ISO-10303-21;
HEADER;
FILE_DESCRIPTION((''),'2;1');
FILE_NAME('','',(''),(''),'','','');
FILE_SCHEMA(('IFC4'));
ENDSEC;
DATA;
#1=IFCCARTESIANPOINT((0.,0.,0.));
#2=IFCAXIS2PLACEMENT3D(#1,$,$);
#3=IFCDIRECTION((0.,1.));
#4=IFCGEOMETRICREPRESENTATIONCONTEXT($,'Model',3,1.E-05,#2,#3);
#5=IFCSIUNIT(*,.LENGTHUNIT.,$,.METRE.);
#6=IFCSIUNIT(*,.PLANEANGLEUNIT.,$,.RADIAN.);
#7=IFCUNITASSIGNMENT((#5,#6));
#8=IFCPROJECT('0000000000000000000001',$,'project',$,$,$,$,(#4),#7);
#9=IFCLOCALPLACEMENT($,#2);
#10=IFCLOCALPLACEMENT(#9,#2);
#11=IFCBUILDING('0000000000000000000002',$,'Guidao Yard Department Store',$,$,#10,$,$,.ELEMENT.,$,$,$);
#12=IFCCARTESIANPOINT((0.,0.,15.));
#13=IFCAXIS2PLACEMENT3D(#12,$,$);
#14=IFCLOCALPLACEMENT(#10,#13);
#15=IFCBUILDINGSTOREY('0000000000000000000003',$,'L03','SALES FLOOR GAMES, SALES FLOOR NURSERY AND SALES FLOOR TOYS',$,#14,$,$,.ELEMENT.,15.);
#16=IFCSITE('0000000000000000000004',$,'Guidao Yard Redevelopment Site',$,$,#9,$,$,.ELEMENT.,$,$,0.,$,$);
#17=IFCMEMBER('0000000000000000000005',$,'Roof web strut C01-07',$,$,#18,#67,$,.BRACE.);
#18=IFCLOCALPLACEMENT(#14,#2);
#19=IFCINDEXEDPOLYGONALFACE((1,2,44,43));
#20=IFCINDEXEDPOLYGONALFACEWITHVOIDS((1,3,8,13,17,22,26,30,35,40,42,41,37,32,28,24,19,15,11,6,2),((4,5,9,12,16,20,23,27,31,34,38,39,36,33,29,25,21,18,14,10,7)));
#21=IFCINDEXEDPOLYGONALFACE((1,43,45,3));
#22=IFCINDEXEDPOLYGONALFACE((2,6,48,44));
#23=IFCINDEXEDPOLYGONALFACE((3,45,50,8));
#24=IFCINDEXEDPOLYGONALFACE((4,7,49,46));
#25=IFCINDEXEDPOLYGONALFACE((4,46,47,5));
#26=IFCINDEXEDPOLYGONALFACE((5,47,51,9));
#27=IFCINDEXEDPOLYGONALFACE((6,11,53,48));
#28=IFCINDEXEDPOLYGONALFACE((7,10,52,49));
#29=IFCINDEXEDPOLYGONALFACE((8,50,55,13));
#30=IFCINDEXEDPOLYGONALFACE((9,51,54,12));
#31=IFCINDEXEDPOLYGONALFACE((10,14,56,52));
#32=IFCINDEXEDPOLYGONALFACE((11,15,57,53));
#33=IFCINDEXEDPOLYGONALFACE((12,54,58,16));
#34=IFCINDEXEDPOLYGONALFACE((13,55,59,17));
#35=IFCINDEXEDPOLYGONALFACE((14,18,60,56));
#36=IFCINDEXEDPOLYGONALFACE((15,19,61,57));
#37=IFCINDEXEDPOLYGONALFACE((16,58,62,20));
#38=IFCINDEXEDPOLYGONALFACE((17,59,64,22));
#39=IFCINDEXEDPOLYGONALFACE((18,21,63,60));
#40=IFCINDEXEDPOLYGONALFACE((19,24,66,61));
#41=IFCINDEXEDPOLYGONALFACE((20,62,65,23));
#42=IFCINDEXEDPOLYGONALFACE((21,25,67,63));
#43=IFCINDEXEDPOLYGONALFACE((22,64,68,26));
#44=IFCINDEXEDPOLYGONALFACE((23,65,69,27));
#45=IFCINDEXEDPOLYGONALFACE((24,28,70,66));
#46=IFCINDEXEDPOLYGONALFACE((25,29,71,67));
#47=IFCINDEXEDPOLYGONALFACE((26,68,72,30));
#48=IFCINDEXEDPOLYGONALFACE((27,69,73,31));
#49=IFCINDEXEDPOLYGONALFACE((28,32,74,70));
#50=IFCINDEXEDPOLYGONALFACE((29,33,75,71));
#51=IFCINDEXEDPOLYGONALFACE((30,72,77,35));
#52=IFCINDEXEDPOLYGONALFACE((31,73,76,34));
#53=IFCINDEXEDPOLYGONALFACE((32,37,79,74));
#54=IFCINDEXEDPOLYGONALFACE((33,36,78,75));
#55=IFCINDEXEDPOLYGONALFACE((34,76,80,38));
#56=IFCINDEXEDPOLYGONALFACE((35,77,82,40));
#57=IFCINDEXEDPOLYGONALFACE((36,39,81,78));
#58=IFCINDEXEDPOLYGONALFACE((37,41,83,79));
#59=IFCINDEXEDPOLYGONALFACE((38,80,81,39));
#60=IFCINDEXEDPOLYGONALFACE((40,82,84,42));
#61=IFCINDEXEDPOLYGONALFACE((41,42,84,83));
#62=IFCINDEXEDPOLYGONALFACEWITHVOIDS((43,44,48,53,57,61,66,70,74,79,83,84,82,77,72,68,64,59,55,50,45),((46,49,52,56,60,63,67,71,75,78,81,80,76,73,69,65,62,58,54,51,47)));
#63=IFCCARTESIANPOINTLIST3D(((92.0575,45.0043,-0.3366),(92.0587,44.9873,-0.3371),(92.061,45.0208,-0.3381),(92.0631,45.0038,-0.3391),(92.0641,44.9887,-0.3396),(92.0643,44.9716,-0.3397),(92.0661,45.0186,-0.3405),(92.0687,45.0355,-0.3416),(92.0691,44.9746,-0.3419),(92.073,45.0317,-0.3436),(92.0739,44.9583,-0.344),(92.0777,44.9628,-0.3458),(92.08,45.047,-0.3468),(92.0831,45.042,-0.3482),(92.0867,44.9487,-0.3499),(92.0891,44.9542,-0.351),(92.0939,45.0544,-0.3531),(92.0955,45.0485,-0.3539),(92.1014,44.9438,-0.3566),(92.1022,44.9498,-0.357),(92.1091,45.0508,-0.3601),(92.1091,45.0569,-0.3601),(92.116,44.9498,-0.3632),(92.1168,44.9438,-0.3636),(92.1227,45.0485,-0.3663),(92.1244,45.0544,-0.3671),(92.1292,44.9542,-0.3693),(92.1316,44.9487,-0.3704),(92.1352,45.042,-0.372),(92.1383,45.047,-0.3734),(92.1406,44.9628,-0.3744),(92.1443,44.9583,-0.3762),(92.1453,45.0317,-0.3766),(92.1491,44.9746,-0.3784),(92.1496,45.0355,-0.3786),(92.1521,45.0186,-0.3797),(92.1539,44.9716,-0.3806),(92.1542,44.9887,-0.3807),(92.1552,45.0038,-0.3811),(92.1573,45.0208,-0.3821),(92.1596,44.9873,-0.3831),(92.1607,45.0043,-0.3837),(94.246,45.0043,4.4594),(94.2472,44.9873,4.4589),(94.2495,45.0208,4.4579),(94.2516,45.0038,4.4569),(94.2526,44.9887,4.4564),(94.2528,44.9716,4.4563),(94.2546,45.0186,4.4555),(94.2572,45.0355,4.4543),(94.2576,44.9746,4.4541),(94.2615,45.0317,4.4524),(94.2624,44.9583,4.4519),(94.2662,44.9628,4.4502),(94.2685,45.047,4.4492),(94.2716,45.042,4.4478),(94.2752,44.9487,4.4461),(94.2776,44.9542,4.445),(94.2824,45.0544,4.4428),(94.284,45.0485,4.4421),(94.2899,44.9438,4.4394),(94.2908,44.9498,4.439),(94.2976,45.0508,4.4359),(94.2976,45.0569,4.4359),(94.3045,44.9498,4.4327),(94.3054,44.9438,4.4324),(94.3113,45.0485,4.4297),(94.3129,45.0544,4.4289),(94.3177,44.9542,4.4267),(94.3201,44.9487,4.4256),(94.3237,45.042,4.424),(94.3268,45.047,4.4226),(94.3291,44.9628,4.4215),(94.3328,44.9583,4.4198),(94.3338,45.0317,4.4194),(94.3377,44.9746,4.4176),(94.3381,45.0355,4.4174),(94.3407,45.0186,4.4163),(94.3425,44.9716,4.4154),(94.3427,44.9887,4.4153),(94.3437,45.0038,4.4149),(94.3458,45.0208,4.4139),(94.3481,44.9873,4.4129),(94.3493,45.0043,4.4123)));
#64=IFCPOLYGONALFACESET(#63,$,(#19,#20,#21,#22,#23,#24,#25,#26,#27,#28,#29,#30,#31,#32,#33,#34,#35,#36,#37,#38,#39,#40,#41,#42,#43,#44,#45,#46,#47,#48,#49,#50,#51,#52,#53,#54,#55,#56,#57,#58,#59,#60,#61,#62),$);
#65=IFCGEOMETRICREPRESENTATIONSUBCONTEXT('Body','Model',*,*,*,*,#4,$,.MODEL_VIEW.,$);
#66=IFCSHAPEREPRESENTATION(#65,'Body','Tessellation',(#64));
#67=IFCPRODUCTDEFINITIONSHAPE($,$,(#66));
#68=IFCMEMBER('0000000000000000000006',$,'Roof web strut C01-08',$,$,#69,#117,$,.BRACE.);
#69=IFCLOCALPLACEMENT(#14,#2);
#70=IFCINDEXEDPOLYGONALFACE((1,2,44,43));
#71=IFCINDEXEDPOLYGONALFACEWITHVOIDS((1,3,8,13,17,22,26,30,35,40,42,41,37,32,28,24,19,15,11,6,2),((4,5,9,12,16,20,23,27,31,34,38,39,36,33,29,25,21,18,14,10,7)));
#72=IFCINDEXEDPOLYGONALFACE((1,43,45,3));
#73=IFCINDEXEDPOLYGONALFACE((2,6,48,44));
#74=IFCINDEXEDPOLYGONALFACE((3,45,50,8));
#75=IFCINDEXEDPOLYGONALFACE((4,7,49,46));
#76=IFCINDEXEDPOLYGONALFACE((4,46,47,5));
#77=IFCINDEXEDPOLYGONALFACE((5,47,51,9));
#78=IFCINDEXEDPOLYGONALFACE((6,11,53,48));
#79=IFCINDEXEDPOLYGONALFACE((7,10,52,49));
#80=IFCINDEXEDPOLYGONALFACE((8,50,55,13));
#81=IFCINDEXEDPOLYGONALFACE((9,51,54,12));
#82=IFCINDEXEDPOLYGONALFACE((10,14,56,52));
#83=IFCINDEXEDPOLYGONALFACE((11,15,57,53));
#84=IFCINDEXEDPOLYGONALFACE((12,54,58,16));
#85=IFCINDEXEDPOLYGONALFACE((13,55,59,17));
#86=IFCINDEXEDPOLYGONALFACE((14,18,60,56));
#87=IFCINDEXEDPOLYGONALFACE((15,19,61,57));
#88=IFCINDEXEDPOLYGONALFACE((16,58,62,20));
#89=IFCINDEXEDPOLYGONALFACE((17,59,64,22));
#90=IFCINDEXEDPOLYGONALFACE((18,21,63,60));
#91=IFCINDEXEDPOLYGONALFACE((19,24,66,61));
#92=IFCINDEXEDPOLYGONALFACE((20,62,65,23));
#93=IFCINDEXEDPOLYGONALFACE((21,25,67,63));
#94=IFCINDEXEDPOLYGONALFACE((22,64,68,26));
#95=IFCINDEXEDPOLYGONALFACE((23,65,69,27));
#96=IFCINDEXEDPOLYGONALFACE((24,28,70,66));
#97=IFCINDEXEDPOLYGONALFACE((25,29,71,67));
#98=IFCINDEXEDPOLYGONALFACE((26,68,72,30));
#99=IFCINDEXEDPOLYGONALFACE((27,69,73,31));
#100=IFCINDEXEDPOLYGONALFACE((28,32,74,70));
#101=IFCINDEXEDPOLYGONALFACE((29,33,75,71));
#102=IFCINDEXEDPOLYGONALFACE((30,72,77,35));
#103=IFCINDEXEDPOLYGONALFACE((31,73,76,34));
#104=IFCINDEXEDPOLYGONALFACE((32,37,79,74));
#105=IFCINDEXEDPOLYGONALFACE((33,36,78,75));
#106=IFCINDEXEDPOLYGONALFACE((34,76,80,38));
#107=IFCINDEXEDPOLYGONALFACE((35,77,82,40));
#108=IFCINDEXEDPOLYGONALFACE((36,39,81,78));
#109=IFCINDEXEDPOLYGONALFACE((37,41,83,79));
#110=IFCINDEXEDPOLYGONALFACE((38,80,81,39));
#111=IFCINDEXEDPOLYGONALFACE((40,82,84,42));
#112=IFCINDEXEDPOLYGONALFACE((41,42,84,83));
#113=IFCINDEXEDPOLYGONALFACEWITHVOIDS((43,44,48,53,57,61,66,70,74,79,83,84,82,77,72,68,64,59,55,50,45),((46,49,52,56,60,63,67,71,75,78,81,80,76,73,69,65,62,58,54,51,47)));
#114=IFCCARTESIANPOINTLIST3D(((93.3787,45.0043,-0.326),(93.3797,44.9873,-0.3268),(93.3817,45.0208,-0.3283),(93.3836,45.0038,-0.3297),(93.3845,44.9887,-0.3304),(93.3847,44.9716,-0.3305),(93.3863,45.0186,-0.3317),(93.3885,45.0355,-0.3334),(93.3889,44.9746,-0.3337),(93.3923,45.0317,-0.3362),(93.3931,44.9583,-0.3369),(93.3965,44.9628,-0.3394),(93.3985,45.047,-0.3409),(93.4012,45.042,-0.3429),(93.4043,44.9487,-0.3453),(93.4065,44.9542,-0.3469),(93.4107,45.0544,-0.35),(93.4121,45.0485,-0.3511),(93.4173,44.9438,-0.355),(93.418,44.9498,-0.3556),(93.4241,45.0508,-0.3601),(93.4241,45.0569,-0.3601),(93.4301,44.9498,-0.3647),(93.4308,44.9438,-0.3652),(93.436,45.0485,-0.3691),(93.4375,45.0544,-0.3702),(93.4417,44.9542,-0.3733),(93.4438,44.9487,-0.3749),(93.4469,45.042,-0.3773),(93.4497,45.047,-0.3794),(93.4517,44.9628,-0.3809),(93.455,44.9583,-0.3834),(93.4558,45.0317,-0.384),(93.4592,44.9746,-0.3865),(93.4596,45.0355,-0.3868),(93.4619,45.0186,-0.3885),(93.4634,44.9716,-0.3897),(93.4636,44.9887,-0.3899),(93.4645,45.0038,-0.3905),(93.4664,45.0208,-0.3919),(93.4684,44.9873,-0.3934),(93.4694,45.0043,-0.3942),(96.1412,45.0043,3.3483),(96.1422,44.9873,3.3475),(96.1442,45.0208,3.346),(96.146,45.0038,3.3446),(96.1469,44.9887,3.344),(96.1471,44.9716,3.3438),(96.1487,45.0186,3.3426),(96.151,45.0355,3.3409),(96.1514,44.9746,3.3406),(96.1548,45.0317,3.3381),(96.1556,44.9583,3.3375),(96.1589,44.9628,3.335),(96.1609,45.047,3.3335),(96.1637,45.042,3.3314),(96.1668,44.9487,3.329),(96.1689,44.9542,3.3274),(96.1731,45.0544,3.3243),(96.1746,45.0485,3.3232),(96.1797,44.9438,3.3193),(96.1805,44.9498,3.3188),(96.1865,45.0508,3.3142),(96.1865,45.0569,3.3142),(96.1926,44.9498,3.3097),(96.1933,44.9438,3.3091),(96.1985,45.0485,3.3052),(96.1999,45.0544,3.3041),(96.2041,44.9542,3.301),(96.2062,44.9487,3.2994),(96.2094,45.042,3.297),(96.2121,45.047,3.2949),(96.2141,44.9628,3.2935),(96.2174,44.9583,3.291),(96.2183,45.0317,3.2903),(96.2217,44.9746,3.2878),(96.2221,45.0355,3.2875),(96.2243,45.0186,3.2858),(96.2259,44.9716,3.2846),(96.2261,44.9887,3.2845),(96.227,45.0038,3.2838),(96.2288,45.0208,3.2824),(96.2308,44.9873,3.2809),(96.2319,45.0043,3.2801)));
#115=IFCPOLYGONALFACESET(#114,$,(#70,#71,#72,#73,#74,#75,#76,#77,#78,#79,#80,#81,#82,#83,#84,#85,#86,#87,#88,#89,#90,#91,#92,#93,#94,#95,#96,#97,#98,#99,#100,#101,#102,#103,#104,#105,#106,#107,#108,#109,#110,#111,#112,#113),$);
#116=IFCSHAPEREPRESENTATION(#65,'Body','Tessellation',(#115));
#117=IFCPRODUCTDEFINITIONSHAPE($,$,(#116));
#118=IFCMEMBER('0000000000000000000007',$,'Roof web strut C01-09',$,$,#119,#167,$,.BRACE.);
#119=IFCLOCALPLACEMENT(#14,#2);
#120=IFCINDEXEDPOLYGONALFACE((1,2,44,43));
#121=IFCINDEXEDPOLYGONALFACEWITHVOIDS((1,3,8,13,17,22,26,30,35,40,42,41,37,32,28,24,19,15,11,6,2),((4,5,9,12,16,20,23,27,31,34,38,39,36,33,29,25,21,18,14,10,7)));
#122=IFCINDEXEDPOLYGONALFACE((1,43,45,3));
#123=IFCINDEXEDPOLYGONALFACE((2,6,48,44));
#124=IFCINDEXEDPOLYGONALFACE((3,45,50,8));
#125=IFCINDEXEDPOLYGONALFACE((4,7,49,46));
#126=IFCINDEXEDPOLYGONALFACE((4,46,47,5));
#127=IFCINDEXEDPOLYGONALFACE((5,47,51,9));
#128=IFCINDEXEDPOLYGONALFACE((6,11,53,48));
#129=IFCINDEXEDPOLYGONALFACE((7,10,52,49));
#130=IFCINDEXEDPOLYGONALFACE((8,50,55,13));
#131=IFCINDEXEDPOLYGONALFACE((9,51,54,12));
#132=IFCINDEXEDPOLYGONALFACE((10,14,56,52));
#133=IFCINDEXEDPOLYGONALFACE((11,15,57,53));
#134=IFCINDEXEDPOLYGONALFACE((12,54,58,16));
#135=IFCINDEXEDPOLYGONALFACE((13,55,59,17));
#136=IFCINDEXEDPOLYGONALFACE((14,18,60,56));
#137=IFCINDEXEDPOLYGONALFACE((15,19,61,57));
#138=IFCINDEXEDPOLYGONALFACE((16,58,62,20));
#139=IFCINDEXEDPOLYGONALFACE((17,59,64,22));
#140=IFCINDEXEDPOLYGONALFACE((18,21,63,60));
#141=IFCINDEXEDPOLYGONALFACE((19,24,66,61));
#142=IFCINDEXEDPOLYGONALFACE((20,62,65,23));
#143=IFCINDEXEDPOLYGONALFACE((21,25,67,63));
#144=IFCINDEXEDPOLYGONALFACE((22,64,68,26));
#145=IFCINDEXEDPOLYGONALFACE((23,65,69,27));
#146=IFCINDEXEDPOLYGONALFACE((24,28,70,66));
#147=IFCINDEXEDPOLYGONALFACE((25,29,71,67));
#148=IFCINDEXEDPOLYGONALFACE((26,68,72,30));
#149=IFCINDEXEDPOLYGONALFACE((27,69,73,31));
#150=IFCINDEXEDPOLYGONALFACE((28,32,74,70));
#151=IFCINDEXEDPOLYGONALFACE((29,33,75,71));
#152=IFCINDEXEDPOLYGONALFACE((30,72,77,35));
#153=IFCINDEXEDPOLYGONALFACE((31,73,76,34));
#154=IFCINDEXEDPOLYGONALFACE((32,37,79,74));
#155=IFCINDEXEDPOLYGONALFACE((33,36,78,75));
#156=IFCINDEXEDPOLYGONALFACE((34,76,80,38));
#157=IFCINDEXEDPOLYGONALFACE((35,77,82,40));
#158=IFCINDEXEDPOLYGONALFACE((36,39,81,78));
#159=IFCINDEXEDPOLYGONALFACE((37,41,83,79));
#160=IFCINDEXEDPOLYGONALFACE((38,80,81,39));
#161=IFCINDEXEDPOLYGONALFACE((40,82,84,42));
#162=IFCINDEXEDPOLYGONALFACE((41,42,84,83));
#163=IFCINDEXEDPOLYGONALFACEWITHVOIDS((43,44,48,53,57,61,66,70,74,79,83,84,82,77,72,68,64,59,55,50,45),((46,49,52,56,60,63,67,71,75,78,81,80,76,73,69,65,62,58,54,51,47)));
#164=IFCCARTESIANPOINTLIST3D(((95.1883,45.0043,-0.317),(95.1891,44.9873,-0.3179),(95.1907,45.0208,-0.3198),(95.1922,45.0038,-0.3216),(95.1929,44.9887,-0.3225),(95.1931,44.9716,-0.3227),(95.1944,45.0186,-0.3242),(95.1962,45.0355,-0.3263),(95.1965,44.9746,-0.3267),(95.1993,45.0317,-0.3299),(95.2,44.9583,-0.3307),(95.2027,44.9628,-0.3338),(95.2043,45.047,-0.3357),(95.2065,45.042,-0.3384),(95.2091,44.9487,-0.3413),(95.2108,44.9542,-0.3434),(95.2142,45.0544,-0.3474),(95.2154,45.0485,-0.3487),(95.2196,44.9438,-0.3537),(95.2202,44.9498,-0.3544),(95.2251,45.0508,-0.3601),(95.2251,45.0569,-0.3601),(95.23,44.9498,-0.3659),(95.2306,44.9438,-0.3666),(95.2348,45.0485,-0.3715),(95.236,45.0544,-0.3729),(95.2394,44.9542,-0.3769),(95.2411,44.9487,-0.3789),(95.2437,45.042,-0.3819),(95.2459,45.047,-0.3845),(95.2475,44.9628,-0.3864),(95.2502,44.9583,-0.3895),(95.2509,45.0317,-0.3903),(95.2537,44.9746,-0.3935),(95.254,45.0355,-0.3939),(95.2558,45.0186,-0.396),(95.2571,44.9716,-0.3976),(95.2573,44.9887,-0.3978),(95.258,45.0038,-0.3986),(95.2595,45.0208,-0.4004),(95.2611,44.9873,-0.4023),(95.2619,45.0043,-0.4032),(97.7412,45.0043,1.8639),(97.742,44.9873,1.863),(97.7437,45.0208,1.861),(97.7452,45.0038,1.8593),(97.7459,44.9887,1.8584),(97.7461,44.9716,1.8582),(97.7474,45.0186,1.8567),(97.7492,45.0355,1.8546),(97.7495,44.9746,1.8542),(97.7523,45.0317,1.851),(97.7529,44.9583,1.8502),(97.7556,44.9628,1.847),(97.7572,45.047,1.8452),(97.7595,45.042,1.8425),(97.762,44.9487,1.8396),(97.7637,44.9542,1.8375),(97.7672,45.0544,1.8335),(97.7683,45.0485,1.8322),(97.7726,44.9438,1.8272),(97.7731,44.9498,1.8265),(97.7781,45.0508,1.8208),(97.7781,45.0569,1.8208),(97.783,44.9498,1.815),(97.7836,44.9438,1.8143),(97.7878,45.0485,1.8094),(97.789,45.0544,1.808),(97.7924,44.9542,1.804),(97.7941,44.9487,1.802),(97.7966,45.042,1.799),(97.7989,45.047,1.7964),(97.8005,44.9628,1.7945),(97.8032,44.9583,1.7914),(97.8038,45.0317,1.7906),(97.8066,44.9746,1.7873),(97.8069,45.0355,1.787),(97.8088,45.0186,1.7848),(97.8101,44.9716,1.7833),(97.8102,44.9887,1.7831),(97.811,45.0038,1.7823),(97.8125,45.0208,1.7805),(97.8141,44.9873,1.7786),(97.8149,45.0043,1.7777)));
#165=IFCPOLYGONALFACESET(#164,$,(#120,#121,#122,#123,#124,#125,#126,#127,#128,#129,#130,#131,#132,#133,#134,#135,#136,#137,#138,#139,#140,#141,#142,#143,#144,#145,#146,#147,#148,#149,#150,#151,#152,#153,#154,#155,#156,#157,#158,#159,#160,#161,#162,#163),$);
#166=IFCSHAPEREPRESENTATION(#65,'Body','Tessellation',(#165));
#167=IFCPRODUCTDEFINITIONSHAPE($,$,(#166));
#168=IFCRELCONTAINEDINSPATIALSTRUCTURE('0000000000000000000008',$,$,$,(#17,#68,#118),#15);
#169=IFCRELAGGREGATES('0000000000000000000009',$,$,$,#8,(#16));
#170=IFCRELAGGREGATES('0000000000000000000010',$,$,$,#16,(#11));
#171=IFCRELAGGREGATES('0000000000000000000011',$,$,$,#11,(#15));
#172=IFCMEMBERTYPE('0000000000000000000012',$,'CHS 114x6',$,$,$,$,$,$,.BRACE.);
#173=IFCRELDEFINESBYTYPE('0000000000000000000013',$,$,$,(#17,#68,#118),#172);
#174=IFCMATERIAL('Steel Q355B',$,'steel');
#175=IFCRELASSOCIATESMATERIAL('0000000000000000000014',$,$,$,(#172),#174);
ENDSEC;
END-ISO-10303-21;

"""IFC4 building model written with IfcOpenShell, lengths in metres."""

from ifc_helpers import new_model, si_unit, direction, frame, origin, origin_2d, place, context, subcontext, project, spatial, hollow_circle, extrude, material, material_profile, profile_set, type_object, element, save


model = new_model("IFC4")

# Units and contexts
model_context = context("Model", 3, precision=1e-05, world=origin(), true_north=direction((0.0, 1.0)))
body_context = subcontext(model_context, "Body", "Model", "MODEL_VIEW")
ifc_project = project(units=[si_unit("LENGTHUNIT", "METRE"), si_unit("PLANEANGLEUNIT", "RADIAN")], contexts=[model_context])

# Site, building, storey
site_placement = place(None, origin())
site = spatial("IfcSite", under=ifc_project, at=site_placement, Name="Guidao Yard Redevelopment Site", CompositionType="ELEMENT", RefElevation=0.0)
building_placement = place(site_placement, origin())
building = spatial("IfcBuilding", under=site, at=building_placement, Name="Guidao Yard Department Store", CompositionType="ELEMENT")
storey_placement = place(building_placement, frame((0.0, 0.0, 15.0)))
storey = spatial("IfcBuildingStorey", under=building, at=storey_placement, Name="L03", Description="SALES FLOOR GAMES, SALES FLOOR NURSERY AND SALES FLOOR TOYS", CompositionType="ELEMENT", Elevation=15.0)

# Members
ifc_material_1 = material(Name="Steel Q355B", Category="steel")
ifc_material_profile_1 = material_profile(ifc_material_1, hollow_circle(Radius=0.0569, WallThickness=0.0061, at=origin_2d()), Name="CHS 114x6")
ifc_profile_set_1 = profile_set([ifc_material_profile_1], Name="Steel Q355B")
member_type_1 = type_object("IfcMemberType", Name="CHS 114x6", PredefinedType="BRACE", material=ifc_profile_set_1)
member_1_placement = place(storey_placement, frame((92.1091, 45.0, -0.3601), z_axis=(0.415142, 0.0, 0.909756), x_axis=(0.0, 1.0, 0.0)))
element("IfcMember", 1, at=member_1_placement, inside=storey, type_object=member_type_1, Name="Roof web strut C01-07", PredefinedType="BRACE", context=body_context, shape_type="SweptSolid", body=[
    extrude(hollow_circle(Radius=0.0569, WallThickness=0.0061, at=origin_2d()), origin(), (0.0, 0.0, 1.0), 5.2717),
])
member_2_placement = place(storey_placement, frame((93.4241, 45.0, -0.3601), z_axis=(0.600934, 0.0, 0.799298), x_axis=(0.0, 1.0, 0.0)))
element("IfcMember", 2, at=member_2_placement, inside=storey, type_object=member_type_1, Name="Roof web strut C01-08", PredefinedType="BRACE", context=body_context, shape_type="SweptSolid", body=[
    extrude(hollow_circle(Radius=0.0569, WallThickness=0.0061, at=origin_2d()), origin(), (0.0, 0.0, 1.0), 4.5969),
])
member_3_placement = place(storey_placement, frame((95.2251, 45.0, -0.3601), z_axis=(0.760339, 0.0, 0.649527), x_axis=(0.0, 1.0, 0.0)))
element("IfcMember", 3, at=member_3_placement, inside=storey, type_object=member_type_1, Name="Roof web strut C01-09", PredefinedType="BRACE", context=body_context, shape_type="SweptSolid", body=[
    extrude(hollow_circle(Radius=0.0569, WallThickness=0.0061, at=origin_2d()), origin(), (0.0, 0.0, 1.0), 3.3577),
])

save(model, "model.ifc")
